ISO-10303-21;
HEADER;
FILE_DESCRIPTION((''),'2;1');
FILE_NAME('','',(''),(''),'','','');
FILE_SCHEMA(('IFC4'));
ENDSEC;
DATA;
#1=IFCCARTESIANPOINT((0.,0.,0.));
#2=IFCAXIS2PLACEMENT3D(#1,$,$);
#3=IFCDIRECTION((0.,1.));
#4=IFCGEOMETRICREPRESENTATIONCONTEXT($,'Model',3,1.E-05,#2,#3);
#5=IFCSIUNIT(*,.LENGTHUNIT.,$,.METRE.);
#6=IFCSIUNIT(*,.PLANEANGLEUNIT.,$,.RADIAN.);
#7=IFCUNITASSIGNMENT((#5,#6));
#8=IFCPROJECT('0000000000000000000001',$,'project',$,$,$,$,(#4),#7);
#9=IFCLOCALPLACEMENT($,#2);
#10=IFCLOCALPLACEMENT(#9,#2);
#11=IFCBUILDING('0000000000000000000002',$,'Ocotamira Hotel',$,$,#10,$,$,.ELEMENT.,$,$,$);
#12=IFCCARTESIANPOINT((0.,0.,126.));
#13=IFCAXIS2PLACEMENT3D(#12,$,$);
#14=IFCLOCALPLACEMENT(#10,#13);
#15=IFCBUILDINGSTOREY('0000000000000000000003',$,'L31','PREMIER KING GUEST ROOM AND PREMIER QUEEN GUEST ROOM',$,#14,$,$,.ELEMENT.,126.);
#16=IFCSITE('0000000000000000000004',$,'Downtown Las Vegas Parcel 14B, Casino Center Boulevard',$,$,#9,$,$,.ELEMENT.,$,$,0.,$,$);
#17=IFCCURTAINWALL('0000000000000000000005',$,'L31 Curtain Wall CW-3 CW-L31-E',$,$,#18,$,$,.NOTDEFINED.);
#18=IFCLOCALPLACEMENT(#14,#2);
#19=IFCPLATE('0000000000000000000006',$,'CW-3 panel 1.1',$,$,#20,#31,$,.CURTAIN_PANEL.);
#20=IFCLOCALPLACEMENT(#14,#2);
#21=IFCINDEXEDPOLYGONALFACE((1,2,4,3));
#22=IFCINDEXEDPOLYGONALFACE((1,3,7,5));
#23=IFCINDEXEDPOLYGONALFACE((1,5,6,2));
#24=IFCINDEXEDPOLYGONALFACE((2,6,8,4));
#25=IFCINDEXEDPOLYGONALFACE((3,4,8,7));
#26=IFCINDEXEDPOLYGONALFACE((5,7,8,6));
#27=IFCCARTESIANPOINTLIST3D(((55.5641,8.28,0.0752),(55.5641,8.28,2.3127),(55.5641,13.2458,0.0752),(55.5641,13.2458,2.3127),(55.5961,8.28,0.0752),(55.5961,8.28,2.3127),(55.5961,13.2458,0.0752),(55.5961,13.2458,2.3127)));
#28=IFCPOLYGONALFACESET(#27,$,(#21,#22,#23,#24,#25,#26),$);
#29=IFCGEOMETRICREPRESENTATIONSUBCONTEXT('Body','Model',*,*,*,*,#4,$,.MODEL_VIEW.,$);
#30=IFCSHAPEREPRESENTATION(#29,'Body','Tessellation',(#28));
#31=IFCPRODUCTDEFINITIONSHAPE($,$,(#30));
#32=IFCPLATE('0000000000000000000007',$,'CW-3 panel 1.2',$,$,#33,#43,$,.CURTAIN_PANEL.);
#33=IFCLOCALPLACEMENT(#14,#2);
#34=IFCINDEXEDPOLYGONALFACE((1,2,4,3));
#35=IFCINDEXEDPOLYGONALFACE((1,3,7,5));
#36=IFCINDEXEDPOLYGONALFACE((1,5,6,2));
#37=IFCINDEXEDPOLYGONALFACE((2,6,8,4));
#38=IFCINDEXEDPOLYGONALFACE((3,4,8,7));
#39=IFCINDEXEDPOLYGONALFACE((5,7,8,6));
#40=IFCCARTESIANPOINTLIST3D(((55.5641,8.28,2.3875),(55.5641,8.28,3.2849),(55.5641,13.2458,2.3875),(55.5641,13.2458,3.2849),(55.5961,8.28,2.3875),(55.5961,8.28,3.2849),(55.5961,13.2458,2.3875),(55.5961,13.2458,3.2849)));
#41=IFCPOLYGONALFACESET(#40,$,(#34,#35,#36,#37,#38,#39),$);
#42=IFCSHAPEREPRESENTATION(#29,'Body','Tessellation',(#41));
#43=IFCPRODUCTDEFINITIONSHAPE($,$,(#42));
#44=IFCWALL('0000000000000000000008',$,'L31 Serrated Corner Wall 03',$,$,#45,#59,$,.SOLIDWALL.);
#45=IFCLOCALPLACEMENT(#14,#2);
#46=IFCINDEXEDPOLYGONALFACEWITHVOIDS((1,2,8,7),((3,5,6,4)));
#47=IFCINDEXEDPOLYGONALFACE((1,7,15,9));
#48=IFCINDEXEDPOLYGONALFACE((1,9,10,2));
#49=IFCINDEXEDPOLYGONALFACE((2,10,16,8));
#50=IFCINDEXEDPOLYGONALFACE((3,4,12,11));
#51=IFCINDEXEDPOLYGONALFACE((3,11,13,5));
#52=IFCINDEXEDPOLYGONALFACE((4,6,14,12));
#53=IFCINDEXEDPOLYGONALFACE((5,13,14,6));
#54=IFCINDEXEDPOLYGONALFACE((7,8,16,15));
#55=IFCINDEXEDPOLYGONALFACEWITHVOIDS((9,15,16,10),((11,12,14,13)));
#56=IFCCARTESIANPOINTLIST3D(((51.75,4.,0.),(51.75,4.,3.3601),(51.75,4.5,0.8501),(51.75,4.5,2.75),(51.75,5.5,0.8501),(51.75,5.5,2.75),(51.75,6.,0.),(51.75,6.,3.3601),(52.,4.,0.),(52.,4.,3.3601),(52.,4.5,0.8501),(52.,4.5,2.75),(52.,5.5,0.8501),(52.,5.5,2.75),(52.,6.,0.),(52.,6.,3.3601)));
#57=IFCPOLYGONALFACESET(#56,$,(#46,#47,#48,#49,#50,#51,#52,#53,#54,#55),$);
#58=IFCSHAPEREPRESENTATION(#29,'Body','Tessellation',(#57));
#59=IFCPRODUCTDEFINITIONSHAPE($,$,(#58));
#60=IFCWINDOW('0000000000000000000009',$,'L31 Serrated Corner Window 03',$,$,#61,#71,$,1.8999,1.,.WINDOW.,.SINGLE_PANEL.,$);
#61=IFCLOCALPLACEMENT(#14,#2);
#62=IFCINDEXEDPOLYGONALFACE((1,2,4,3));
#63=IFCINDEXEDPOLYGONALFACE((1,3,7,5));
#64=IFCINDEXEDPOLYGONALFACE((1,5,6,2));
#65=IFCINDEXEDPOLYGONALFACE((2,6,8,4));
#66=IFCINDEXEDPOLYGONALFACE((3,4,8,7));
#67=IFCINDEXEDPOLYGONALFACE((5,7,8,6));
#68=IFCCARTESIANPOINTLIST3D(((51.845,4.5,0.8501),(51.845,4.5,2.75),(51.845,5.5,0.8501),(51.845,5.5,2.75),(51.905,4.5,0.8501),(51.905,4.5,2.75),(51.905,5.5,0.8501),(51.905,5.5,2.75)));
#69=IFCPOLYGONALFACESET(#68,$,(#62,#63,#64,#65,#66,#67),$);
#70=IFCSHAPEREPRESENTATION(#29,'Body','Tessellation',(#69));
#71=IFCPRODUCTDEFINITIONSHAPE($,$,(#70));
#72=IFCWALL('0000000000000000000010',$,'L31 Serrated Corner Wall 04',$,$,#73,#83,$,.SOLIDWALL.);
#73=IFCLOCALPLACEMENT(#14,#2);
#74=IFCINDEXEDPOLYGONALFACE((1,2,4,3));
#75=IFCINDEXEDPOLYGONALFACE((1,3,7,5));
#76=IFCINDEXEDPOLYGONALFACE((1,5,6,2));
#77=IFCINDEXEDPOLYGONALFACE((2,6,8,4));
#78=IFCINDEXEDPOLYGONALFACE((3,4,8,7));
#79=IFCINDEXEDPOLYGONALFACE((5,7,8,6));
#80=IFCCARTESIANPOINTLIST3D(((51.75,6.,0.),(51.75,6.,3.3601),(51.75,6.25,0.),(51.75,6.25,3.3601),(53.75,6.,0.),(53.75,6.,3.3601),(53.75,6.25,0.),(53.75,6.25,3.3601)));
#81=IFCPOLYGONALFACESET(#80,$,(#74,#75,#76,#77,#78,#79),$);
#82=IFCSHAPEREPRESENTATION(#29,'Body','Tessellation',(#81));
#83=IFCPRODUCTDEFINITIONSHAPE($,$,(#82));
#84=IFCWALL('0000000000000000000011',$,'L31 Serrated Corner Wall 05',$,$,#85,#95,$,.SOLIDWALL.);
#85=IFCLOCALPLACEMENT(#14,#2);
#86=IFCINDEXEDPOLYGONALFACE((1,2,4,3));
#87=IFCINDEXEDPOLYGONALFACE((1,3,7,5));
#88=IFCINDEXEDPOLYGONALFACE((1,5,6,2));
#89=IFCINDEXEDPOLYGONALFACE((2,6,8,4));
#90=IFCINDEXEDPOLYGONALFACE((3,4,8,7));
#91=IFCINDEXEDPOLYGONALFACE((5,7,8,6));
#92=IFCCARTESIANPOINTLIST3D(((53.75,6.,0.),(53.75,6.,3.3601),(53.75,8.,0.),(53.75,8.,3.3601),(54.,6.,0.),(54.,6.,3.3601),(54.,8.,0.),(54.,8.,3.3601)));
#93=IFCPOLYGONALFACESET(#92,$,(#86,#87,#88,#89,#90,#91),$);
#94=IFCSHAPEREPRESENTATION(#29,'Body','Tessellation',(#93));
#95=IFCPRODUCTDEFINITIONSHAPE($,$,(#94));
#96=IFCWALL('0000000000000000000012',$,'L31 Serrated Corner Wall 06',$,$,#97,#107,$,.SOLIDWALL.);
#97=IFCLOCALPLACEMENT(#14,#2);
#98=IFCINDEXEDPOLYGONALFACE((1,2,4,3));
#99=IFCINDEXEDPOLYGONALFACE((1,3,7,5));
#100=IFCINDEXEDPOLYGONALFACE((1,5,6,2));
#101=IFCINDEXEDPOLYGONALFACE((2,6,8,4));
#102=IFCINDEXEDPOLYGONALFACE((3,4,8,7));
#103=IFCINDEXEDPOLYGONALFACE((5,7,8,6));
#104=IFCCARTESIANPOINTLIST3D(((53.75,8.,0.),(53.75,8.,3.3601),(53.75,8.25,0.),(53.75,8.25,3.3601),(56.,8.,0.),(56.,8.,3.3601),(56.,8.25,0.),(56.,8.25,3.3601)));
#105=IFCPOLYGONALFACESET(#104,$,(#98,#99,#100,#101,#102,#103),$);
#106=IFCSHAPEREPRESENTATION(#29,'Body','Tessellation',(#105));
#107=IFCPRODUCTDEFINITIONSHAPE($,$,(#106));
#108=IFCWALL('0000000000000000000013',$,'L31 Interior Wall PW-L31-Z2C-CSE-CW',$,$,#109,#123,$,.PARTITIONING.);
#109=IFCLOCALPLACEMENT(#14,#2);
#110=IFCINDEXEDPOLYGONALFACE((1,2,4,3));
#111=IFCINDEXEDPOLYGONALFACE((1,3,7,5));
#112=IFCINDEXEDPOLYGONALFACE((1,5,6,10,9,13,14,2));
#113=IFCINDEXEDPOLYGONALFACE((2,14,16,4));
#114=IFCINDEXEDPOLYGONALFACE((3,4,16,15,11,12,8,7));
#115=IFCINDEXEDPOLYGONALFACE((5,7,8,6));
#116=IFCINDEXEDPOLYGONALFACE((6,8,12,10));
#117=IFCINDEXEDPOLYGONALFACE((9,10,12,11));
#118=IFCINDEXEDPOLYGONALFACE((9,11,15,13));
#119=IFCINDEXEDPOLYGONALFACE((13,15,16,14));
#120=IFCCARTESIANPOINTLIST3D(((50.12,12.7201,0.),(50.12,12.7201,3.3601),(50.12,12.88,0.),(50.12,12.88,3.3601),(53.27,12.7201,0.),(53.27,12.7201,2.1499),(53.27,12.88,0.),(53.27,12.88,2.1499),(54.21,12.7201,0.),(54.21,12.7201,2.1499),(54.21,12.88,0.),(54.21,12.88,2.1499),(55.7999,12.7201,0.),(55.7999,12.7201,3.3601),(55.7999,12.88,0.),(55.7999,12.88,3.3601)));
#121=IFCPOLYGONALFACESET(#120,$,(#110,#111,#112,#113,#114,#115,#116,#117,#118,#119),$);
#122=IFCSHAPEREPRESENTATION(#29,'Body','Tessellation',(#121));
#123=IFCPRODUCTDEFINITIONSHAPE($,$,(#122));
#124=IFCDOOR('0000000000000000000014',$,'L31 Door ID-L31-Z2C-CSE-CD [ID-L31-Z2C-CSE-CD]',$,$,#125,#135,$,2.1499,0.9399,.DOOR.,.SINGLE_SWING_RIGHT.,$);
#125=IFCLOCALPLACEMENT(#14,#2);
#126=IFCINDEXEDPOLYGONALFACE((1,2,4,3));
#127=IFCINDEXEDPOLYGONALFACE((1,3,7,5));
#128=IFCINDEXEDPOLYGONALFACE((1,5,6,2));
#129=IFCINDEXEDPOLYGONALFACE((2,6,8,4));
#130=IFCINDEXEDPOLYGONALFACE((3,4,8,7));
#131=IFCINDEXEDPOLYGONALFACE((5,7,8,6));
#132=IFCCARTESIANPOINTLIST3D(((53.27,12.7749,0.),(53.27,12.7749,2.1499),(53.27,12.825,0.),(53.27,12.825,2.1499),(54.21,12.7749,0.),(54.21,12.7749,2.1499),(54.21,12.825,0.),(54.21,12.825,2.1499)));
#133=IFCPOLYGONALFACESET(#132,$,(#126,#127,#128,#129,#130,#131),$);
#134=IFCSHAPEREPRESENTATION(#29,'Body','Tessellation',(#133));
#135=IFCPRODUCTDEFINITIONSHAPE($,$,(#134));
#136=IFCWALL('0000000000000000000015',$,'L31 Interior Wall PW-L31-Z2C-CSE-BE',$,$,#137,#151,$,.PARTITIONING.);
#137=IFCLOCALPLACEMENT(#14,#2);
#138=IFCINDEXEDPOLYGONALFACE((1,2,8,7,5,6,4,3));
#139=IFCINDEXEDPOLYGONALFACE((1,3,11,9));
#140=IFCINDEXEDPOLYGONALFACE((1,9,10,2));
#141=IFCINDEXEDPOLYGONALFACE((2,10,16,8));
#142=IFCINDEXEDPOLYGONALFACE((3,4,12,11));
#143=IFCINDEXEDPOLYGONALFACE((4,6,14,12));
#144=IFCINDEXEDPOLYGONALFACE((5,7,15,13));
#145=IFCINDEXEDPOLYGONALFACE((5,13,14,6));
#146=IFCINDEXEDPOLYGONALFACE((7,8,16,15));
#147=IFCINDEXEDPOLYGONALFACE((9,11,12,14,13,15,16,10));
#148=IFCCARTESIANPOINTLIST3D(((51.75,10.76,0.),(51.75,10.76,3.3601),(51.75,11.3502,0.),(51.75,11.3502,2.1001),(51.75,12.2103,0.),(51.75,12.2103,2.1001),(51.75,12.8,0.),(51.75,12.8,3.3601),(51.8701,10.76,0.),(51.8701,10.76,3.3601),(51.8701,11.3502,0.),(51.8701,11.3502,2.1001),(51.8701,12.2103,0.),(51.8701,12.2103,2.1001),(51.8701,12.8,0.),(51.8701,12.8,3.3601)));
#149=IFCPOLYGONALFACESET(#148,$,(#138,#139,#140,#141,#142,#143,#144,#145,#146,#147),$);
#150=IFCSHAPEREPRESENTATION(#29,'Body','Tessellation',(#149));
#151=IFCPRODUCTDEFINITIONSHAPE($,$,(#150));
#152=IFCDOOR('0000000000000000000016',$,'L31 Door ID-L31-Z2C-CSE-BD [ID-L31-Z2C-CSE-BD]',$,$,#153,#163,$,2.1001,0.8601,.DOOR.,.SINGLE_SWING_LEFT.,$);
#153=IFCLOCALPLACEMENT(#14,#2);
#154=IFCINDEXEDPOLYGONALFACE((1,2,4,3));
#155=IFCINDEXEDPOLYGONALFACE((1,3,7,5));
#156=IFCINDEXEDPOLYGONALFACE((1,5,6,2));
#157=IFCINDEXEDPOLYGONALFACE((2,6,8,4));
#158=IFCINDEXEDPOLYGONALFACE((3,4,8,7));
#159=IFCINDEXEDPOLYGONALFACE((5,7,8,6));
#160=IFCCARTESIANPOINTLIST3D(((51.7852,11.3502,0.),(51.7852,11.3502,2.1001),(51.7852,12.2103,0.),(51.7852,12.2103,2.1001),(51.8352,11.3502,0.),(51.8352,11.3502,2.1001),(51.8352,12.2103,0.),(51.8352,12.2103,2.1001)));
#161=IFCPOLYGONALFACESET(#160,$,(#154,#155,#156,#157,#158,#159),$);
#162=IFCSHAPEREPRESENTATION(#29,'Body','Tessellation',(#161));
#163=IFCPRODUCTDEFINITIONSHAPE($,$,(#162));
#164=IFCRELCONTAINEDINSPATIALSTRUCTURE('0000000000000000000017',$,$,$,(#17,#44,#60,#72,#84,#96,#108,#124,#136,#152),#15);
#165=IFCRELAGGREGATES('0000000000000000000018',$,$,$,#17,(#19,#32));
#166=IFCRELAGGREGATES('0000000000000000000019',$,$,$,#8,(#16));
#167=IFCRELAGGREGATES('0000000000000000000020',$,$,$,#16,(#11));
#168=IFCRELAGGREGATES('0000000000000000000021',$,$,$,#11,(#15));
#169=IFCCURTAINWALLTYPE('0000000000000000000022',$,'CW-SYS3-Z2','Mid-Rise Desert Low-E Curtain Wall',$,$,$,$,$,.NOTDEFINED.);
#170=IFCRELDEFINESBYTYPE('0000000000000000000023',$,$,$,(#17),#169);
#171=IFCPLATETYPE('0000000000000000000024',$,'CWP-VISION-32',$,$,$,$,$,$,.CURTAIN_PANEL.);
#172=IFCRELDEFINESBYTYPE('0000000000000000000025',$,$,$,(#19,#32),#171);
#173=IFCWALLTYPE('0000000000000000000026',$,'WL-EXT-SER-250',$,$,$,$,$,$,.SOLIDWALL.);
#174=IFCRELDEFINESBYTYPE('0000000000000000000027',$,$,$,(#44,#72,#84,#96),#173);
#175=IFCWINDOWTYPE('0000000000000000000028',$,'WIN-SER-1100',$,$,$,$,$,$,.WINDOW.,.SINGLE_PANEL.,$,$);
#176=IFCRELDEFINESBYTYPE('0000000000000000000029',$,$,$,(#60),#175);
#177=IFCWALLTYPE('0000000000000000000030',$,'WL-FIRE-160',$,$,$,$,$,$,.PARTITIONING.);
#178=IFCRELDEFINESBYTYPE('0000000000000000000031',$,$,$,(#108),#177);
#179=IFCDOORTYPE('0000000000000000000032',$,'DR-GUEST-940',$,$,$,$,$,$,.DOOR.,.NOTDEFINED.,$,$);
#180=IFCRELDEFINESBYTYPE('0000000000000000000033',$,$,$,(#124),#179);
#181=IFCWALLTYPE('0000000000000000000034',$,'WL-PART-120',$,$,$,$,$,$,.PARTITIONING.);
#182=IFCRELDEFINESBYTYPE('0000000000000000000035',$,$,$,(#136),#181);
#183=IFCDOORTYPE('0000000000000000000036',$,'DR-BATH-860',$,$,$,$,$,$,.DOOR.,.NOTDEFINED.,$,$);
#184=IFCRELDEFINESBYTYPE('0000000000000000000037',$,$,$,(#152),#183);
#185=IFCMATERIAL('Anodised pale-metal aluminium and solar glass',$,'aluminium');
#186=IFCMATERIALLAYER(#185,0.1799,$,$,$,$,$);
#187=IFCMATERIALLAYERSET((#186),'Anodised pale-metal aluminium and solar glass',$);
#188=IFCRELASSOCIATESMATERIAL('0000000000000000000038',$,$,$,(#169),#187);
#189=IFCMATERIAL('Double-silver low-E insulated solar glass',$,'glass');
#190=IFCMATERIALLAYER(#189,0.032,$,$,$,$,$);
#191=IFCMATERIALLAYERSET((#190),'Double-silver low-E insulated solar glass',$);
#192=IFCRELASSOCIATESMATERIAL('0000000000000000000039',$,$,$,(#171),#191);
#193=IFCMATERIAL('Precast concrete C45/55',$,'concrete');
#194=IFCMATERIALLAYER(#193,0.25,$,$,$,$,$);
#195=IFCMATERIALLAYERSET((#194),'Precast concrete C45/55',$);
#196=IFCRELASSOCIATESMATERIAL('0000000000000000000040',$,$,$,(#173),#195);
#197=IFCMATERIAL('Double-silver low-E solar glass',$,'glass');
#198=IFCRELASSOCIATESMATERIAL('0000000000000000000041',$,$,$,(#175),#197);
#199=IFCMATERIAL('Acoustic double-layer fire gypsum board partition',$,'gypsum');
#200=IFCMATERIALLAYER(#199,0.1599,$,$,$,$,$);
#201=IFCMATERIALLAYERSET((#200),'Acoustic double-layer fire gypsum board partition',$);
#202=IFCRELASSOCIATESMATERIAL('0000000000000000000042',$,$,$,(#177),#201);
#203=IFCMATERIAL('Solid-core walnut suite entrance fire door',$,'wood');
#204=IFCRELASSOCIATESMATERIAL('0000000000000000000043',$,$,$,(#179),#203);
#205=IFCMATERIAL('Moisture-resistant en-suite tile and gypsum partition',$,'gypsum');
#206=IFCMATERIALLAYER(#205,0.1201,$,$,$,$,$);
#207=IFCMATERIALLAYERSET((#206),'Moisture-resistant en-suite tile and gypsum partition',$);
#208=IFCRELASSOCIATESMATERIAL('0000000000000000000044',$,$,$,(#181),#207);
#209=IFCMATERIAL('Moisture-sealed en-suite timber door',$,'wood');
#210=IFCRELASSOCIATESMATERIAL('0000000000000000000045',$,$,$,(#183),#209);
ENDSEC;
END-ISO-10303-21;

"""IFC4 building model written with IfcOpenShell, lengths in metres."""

from ifc_helpers import new_model, si_unit, direction, frame, frame_2d, origin, origin_2d, place, context, subcontext, project, spatial, rectangle, extrude, source, transform, mapped, material, layer, layer_set, type_object, element, fill, aggregate, save


model = new_model("IFC4")

# Units and contexts
model_context = context("Model", 3, precision=1e-05, world=origin(), true_north=direction((0.0, 1.0)))
body_context = subcontext(model_context, "Body", "Model", "MODEL_VIEW")
ifc_project = project(units=[si_unit("LENGTHUNIT", "METRE"), si_unit("PLANEANGLEUNIT", "RADIAN")], contexts=[model_context])

# Site, building, storey
site_placement = place(None, origin())
site = spatial("IfcSite", under=ifc_project, at=site_placement, Name="Downtown Las Vegas Parcel 14B, Casino Center Boulevard", CompositionType="ELEMENT", RefElevation=0.0)
building_placement = place(site_placement, origin())
building = spatial("IfcBuilding", under=site, at=building_placement, Name="Ocotamira Hotel", CompositionType="ELEMENT")
storey_placement = place(building_placement, frame((0.0, 0.0, 126.0)))
storey = spatial("IfcBuildingStorey", under=building, at=storey_placement, Name="L31", Description="PREMIER KING GUEST ROOM AND PREMIER QUEEN GUEST ROOM", CompositionType="ELEMENT", Elevation=126.0)

# Curtain wall, plates
ifc_material_1 = material(Name="Anodised pale-metal aluminium and solar glass", Category="aluminium")
ifc_layer_1 = layer(ifc_material_1, 0.1799)
ifc_layer_set_1 = layer_set([ifc_layer_1], Name="Anodised pale-metal aluminium and solar glass")
curtain_wall_type = type_object("IfcCurtainWallType", Name="CW-SYS3-Z2", Description="Mid-Rise Desert Low-E Curtain Wall", PredefinedType="NOTDEFINED", material=ifc_layer_set_1)
curtain_wall_placement = place(storey_placement, origin())
curtain_wall = element("IfcCurtainWall", 1, at=curtain_wall_placement, inside=storey, type_object=curtain_wall_type, Name="L31 Curtain Wall CW-3 CW-L31-E", PredefinedType="NOTDEFINED")
ifc_material_2 = material(Name="Double-silver low-E insulated solar glass", Category="glass")
ifc_layer_2 = layer(ifc_material_2, 0.032)
ifc_layer_set_2 = layer_set([ifc_layer_2], Name="Double-silver low-E insulated solar glass")
plate_type = type_object("IfcPlateType", Name="CWP-VISION-32", PredefinedType="CURTAIN_PANEL", material=ifc_layer_set_2)
shared_shape_1 = source(origin(), body_context, "Body", "SweptSolid", [
    extrude(rectangle(XDim=4.9658, YDim=0.032, at=origin_2d()), origin(), (0.0, 0.0, 1.0), 2.2375),
])
plate_1_placement = place(storey_placement, frame((55.5801, 10.7629, 0.0752), z_axis=(0.0, 0.0, 1.0), x_axis=(0.0, 1.0, 0.0)))
plate_1 = element("IfcPlate", 2, at=plate_1_placement, type_object=plate_type, Name="CW-3 panel 1.1", PredefinedType="CURTAIN_PANEL", context=body_context, shape_type="MappedRepresentation", body=[
    mapped(shared_shape_1, transform((0.0, 0.0, 0.0), scale=1.0)),
])
shared_shape_2 = source(origin(), body_context, "Body", "SweptSolid", [
    extrude(rectangle(XDim=4.9658, YDim=0.032, at=origin_2d()), origin(), (0.0, 0.0, 1.0), 0.8975),
])
plate_2_placement = place(storey_placement, frame((55.5801, 10.7629, 2.3875), z_axis=(0.0, 0.0, 1.0), x_axis=(0.0, 1.0, 0.0)))
plate_2 = element("IfcPlate", 3, at=plate_2_placement, type_object=plate_type, Name="CW-3 panel 1.2", PredefinedType="CURTAIN_PANEL", context=body_context, shape_type="MappedRepresentation", body=[
    mapped(shared_shape_2, transform((0.0, 0.0, 0.0), scale=1.0)),
])
aggregate(curtain_wall, [plate_1, plate_2])

# Wall, opening, window
ifc_material_3 = material(Name="Precast concrete C45/55", Category="concrete")
ifc_layer_3 = layer(ifc_material_3, 0.25)
ifc_layer_set_3 = layer_set([ifc_layer_3], Name="Precast concrete C45/55")
wall_type_1 = type_object("IfcWallType", Name="WL-EXT-SER-250", PredefinedType="SOLIDWALL", material=ifc_layer_set_3)
wall_1_placement = place(storey_placement, frame((51.875, 4.0, 0.0), z_axis=(0.0, 0.0, 1.0), x_axis=(0.0, 1.0, 0.0)))
wall_1 = element("IfcWall", 4, at=wall_1_placement, inside=storey, type_object=wall_type_1, Name="L31 Serrated Corner Wall 03", PredefinedType="SOLIDWALL", context=body_context, shape_type="SweptSolid", body=[
    extrude(rectangle(XDim=2.0, YDim=0.25, at=frame_2d((1.0, 0.0))), origin(), (0.0, 0.0, 1.0), 3.3601),
])
opening_1_placement = place(wall_1_placement, frame((0.5, 0.0, 0.8501)))
opening_1 = element("IfcOpeningElement", 5, at=opening_1_placement, cuts=wall_1, PredefinedType="OPENING", context=body_context, shape_type="SweptSolid", body=[
    extrude(rectangle(XDim=1.0, YDim=1.8999, at=frame_2d((0.5, 0.95))), frame((0.0, 0.135, 0.0), z_axis=(0.0, -1.0, 0.0), x_axis=(1.0, 0.0, 0.0)), (0.0, 0.0, 1.0), 0.27),
])
ifc_material_4 = material(Name="Double-silver low-E solar glass", Category="glass")
window_type = type_object("IfcWindowType", Name="WIN-SER-1100", PartitioningType="SINGLE_PANEL", PredefinedType="WINDOW", material=ifc_material_4)
shared_shape_3 = source(origin(), body_context, "Body", "SweptSolid", [
    extrude(rectangle(XDim=1.0, YDim=1.8999, at=frame_2d((0.5, 0.95))), frame((0.0, 0.03, 0.0), z_axis=(0.0, -1.0, 0.0), x_axis=(1.0, 0.0, 0.0)), (0.0, 0.0, 1.0), 0.0601),
])
window_placement = place(opening_1_placement, origin())
window = element("IfcWindow", 6, at=window_placement, inside=storey, type_object=window_type, Name="L31 Serrated Corner Window 03", OverallHeight=1.8999, OverallWidth=1.0, PartitioningType="SINGLE_PANEL", PredefinedType="WINDOW", context=body_context, shape_type="MappedRepresentation", body=[
    mapped(shared_shape_3, transform((0.0, 0.0, 0.0), scale=1.0)),
])
fill(opening_1, window)

# Walls
for number, where, z_axis, x_axis, name in (
    (7, (51.75, 6.125, 0.0), (0.0, 0.0, 1.0), (1.0, 0.0, 0.0), "L31 Serrated Corner Wall 04"),
    (8, (53.875, 6.0, 0.0), (0.0, 0.0, 1.0), (0.0, 1.0, 0.0), "L31 Serrated Corner Wall 05"),
):
    element("IfcWall", number, at=place(storey_placement, frame(where, z_axis=z_axis, x_axis=x_axis)), inside=storey, type_object=wall_type_1, Name=name, PredefinedType="SOLIDWALL", context=body_context, shape_type="SweptSolid", body=[
        extrude(rectangle(XDim=2.0, YDim=0.25, at=frame_2d((1.0, 0.0))), origin(), (0.0, 0.0, 1.0), 3.3601),
    ])
wall_2_placement = place(storey_placement, frame((53.75, 8.125, 0.0), z_axis=(0.0, 0.0, 1.0), x_axis=(1.0, 0.0, 0.0)))
element("IfcWall", 9, at=wall_2_placement, inside=storey, type_object=wall_type_1, Name="L31 Serrated Corner Wall 06", PredefinedType="SOLIDWALL", context=body_context, shape_type="SweptSolid", body=[
    extrude(rectangle(XDim=2.25, YDim=0.25, at=frame_2d((1.125, 0.0))), origin(), (0.0, 0.0, 1.0), 3.3601),
])

# Walls, openings, doors
ifc_material_5 = material(Name="Acoustic double-layer fire gypsum board partition", Category="gypsum")
ifc_layer_4 = layer(ifc_material_5, 0.1599)
ifc_layer_set_4 = layer_set([ifc_layer_4], Name="Acoustic double-layer fire gypsum board partition")
wall_type_2 = type_object("IfcWallType", Name="WL-FIRE-160", PredefinedType="PARTITIONING", material=ifc_layer_set_4)
wall_3_placement = place(storey_placement, frame((50.1201, 12.8, 0.0), z_axis=(0.0, 0.0, 1.0), x_axis=(1.0, 0.0, 0.0)))
wall_3 = element("IfcWall", 10, at=wall_3_placement, inside=storey, type_object=wall_type_2, Name="L31 Interior Wall PW-L31-Z2C-CSE-CW", PredefinedType="PARTITIONING", context=body_context, shape_type="SweptSolid", body=[
    extrude(rectangle(XDim=5.6799, YDim=0.1599, at=frame_2d((2.8398, 0.0))), origin(), (0.0, 0.0, 1.0), 3.3601),
])
opening_2_placement = place(wall_3_placement, frame((3.1499, 0.0, 0.0)))
opening_2 = element("IfcOpeningElement", 11, at=opening_2_placement, cuts=wall_3, PredefinedType="OPENING", context=body_context, shape_type="SweptSolid", body=[
    extrude(rectangle(XDim=0.9399, YDim=2.1499, at=frame_2d((0.47, 1.075))), frame((0.0, 0.0898, 0.0), z_axis=(0.0, -1.0, 0.0), x_axis=(1.0, 0.0, 0.0)), (0.0, 0.0, 1.0), 0.1799),
])
ifc_material_6 = material(Name="Solid-core walnut suite entrance fire door", Category="wood")
door_type_1 = type_object("IfcDoorType", Name="DR-GUEST-940", OperationType="NOTDEFINED", PredefinedType="DOOR", material=ifc_material_6)
shared_shape_4 = source(origin(), body_context, "Body", "SweptSolid", [
    extrude(rectangle(XDim=0.9399, YDim=2.1499, at=frame_2d((0.47, 1.075))), frame((0.0, 0.0249, 0.0), z_axis=(0.0, -1.0, 0.0), x_axis=(1.0, 0.0, 0.0)), (0.0, 0.0, 1.0), 0.05),
])
door_1_placement = place(opening_2_placement, origin())
door_1 = element("IfcDoor", 12, at=door_1_placement, inside=storey, type_object=door_type_1, Name="L31 Door ID-L31-Z2C-CSE-CD [ID-L31-Z2C-CSE-CD]", OperationType="SINGLE_SWING_RIGHT", OverallHeight=2.1499, OverallWidth=0.9399, PredefinedType="DOOR", context=body_context, shape_type="MappedRepresentation", body=[
    mapped(shared_shape_4, transform((0.0, 0.0, 0.0), scale=1.0)),
])
fill(opening_2, door_1)
ifc_material_7 = material(Name="Moisture-resistant en-suite tile and gypsum partition", Category="gypsum")
ifc_layer_5 = layer(ifc_material_7, 0.1201)
ifc_layer_set_5 = layer_set([ifc_layer_5], Name="Moisture-resistant en-suite tile and gypsum partition")
wall_type_3 = type_object("IfcWallType", Name="WL-PART-120", PredefinedType="PARTITIONING", material=ifc_layer_set_5)
wall_4_placement = place(storey_placement, frame((51.8101, 10.76, 0.0), z_axis=(0.0, 0.0, 1.0), x_axis=(0.0, 1.0, 0.0)))
wall_4 = element("IfcWall", 13, at=wall_4_placement, inside=storey, type_object=wall_type_3, Name="L31 Interior Wall PW-L31-Z2C-CSE-BE", PredefinedType="PARTITIONING", context=body_context, shape_type="SweptSolid", body=[
    extrude(rectangle(XDim=2.04, YDim=0.1201, at=frame_2d((1.02, 0.0))), origin(), (0.0, 0.0, 1.0), 3.3601),
])
opening_3_placement = place(wall_4_placement, frame((0.5901, 0.0, 0.0)))
opening_3 = element("IfcOpeningElement", 14, at=opening_3_placement, cuts=wall_4, PredefinedType="OPENING", context=body_context, shape_type="SweptSolid", body=[
    extrude(rectangle(XDim=0.8601, YDim=2.1001, at=frame_2d((0.4302, 1.05))), frame((0.0, 0.0701, 0.0), z_axis=(0.0, -1.0, 0.0), x_axis=(1.0, 0.0, 0.0)), (0.0, 0.0, 1.0), 0.1401),
])
ifc_material_8 = material(Name="Moisture-sealed en-suite timber door", Category="wood")
door_type_2 = type_object("IfcDoorType", Name="DR-BATH-860", OperationType="NOTDEFINED", PredefinedType="DOOR", material=ifc_material_8)
shared_shape_5 = source(origin(), body_context, "Body", "SweptSolid", [
    extrude(rectangle(XDim=0.8601, YDim=2.1001, at=frame_2d((0.4302, 1.05))), frame((0.0, 0.0249, 0.0), z_axis=(0.0, -1.0, 0.0), x_axis=(1.0, 0.0, 0.0)), (0.0, 0.0, 1.0), 0.05),
])
door_2_placement = place(opening_3_placement, origin())
door_2 = element("IfcDoor", 15, at=door_2_placement, inside=storey, type_object=door_type_2, Name="L31 Door ID-L31-Z2C-CSE-BD [ID-L31-Z2C-CSE-BD]", OperationType="SINGLE_SWING_LEFT", OverallHeight=2.1001, OverallWidth=0.8601, PredefinedType="DOOR", context=body_context, shape_type="MappedRepresentation", body=[
    mapped(shared_shape_5, transform((0.0, 0.0, 0.0), scale=1.0)),
])
fill(opening_3, door_2)

save(model, "model.ifc")
